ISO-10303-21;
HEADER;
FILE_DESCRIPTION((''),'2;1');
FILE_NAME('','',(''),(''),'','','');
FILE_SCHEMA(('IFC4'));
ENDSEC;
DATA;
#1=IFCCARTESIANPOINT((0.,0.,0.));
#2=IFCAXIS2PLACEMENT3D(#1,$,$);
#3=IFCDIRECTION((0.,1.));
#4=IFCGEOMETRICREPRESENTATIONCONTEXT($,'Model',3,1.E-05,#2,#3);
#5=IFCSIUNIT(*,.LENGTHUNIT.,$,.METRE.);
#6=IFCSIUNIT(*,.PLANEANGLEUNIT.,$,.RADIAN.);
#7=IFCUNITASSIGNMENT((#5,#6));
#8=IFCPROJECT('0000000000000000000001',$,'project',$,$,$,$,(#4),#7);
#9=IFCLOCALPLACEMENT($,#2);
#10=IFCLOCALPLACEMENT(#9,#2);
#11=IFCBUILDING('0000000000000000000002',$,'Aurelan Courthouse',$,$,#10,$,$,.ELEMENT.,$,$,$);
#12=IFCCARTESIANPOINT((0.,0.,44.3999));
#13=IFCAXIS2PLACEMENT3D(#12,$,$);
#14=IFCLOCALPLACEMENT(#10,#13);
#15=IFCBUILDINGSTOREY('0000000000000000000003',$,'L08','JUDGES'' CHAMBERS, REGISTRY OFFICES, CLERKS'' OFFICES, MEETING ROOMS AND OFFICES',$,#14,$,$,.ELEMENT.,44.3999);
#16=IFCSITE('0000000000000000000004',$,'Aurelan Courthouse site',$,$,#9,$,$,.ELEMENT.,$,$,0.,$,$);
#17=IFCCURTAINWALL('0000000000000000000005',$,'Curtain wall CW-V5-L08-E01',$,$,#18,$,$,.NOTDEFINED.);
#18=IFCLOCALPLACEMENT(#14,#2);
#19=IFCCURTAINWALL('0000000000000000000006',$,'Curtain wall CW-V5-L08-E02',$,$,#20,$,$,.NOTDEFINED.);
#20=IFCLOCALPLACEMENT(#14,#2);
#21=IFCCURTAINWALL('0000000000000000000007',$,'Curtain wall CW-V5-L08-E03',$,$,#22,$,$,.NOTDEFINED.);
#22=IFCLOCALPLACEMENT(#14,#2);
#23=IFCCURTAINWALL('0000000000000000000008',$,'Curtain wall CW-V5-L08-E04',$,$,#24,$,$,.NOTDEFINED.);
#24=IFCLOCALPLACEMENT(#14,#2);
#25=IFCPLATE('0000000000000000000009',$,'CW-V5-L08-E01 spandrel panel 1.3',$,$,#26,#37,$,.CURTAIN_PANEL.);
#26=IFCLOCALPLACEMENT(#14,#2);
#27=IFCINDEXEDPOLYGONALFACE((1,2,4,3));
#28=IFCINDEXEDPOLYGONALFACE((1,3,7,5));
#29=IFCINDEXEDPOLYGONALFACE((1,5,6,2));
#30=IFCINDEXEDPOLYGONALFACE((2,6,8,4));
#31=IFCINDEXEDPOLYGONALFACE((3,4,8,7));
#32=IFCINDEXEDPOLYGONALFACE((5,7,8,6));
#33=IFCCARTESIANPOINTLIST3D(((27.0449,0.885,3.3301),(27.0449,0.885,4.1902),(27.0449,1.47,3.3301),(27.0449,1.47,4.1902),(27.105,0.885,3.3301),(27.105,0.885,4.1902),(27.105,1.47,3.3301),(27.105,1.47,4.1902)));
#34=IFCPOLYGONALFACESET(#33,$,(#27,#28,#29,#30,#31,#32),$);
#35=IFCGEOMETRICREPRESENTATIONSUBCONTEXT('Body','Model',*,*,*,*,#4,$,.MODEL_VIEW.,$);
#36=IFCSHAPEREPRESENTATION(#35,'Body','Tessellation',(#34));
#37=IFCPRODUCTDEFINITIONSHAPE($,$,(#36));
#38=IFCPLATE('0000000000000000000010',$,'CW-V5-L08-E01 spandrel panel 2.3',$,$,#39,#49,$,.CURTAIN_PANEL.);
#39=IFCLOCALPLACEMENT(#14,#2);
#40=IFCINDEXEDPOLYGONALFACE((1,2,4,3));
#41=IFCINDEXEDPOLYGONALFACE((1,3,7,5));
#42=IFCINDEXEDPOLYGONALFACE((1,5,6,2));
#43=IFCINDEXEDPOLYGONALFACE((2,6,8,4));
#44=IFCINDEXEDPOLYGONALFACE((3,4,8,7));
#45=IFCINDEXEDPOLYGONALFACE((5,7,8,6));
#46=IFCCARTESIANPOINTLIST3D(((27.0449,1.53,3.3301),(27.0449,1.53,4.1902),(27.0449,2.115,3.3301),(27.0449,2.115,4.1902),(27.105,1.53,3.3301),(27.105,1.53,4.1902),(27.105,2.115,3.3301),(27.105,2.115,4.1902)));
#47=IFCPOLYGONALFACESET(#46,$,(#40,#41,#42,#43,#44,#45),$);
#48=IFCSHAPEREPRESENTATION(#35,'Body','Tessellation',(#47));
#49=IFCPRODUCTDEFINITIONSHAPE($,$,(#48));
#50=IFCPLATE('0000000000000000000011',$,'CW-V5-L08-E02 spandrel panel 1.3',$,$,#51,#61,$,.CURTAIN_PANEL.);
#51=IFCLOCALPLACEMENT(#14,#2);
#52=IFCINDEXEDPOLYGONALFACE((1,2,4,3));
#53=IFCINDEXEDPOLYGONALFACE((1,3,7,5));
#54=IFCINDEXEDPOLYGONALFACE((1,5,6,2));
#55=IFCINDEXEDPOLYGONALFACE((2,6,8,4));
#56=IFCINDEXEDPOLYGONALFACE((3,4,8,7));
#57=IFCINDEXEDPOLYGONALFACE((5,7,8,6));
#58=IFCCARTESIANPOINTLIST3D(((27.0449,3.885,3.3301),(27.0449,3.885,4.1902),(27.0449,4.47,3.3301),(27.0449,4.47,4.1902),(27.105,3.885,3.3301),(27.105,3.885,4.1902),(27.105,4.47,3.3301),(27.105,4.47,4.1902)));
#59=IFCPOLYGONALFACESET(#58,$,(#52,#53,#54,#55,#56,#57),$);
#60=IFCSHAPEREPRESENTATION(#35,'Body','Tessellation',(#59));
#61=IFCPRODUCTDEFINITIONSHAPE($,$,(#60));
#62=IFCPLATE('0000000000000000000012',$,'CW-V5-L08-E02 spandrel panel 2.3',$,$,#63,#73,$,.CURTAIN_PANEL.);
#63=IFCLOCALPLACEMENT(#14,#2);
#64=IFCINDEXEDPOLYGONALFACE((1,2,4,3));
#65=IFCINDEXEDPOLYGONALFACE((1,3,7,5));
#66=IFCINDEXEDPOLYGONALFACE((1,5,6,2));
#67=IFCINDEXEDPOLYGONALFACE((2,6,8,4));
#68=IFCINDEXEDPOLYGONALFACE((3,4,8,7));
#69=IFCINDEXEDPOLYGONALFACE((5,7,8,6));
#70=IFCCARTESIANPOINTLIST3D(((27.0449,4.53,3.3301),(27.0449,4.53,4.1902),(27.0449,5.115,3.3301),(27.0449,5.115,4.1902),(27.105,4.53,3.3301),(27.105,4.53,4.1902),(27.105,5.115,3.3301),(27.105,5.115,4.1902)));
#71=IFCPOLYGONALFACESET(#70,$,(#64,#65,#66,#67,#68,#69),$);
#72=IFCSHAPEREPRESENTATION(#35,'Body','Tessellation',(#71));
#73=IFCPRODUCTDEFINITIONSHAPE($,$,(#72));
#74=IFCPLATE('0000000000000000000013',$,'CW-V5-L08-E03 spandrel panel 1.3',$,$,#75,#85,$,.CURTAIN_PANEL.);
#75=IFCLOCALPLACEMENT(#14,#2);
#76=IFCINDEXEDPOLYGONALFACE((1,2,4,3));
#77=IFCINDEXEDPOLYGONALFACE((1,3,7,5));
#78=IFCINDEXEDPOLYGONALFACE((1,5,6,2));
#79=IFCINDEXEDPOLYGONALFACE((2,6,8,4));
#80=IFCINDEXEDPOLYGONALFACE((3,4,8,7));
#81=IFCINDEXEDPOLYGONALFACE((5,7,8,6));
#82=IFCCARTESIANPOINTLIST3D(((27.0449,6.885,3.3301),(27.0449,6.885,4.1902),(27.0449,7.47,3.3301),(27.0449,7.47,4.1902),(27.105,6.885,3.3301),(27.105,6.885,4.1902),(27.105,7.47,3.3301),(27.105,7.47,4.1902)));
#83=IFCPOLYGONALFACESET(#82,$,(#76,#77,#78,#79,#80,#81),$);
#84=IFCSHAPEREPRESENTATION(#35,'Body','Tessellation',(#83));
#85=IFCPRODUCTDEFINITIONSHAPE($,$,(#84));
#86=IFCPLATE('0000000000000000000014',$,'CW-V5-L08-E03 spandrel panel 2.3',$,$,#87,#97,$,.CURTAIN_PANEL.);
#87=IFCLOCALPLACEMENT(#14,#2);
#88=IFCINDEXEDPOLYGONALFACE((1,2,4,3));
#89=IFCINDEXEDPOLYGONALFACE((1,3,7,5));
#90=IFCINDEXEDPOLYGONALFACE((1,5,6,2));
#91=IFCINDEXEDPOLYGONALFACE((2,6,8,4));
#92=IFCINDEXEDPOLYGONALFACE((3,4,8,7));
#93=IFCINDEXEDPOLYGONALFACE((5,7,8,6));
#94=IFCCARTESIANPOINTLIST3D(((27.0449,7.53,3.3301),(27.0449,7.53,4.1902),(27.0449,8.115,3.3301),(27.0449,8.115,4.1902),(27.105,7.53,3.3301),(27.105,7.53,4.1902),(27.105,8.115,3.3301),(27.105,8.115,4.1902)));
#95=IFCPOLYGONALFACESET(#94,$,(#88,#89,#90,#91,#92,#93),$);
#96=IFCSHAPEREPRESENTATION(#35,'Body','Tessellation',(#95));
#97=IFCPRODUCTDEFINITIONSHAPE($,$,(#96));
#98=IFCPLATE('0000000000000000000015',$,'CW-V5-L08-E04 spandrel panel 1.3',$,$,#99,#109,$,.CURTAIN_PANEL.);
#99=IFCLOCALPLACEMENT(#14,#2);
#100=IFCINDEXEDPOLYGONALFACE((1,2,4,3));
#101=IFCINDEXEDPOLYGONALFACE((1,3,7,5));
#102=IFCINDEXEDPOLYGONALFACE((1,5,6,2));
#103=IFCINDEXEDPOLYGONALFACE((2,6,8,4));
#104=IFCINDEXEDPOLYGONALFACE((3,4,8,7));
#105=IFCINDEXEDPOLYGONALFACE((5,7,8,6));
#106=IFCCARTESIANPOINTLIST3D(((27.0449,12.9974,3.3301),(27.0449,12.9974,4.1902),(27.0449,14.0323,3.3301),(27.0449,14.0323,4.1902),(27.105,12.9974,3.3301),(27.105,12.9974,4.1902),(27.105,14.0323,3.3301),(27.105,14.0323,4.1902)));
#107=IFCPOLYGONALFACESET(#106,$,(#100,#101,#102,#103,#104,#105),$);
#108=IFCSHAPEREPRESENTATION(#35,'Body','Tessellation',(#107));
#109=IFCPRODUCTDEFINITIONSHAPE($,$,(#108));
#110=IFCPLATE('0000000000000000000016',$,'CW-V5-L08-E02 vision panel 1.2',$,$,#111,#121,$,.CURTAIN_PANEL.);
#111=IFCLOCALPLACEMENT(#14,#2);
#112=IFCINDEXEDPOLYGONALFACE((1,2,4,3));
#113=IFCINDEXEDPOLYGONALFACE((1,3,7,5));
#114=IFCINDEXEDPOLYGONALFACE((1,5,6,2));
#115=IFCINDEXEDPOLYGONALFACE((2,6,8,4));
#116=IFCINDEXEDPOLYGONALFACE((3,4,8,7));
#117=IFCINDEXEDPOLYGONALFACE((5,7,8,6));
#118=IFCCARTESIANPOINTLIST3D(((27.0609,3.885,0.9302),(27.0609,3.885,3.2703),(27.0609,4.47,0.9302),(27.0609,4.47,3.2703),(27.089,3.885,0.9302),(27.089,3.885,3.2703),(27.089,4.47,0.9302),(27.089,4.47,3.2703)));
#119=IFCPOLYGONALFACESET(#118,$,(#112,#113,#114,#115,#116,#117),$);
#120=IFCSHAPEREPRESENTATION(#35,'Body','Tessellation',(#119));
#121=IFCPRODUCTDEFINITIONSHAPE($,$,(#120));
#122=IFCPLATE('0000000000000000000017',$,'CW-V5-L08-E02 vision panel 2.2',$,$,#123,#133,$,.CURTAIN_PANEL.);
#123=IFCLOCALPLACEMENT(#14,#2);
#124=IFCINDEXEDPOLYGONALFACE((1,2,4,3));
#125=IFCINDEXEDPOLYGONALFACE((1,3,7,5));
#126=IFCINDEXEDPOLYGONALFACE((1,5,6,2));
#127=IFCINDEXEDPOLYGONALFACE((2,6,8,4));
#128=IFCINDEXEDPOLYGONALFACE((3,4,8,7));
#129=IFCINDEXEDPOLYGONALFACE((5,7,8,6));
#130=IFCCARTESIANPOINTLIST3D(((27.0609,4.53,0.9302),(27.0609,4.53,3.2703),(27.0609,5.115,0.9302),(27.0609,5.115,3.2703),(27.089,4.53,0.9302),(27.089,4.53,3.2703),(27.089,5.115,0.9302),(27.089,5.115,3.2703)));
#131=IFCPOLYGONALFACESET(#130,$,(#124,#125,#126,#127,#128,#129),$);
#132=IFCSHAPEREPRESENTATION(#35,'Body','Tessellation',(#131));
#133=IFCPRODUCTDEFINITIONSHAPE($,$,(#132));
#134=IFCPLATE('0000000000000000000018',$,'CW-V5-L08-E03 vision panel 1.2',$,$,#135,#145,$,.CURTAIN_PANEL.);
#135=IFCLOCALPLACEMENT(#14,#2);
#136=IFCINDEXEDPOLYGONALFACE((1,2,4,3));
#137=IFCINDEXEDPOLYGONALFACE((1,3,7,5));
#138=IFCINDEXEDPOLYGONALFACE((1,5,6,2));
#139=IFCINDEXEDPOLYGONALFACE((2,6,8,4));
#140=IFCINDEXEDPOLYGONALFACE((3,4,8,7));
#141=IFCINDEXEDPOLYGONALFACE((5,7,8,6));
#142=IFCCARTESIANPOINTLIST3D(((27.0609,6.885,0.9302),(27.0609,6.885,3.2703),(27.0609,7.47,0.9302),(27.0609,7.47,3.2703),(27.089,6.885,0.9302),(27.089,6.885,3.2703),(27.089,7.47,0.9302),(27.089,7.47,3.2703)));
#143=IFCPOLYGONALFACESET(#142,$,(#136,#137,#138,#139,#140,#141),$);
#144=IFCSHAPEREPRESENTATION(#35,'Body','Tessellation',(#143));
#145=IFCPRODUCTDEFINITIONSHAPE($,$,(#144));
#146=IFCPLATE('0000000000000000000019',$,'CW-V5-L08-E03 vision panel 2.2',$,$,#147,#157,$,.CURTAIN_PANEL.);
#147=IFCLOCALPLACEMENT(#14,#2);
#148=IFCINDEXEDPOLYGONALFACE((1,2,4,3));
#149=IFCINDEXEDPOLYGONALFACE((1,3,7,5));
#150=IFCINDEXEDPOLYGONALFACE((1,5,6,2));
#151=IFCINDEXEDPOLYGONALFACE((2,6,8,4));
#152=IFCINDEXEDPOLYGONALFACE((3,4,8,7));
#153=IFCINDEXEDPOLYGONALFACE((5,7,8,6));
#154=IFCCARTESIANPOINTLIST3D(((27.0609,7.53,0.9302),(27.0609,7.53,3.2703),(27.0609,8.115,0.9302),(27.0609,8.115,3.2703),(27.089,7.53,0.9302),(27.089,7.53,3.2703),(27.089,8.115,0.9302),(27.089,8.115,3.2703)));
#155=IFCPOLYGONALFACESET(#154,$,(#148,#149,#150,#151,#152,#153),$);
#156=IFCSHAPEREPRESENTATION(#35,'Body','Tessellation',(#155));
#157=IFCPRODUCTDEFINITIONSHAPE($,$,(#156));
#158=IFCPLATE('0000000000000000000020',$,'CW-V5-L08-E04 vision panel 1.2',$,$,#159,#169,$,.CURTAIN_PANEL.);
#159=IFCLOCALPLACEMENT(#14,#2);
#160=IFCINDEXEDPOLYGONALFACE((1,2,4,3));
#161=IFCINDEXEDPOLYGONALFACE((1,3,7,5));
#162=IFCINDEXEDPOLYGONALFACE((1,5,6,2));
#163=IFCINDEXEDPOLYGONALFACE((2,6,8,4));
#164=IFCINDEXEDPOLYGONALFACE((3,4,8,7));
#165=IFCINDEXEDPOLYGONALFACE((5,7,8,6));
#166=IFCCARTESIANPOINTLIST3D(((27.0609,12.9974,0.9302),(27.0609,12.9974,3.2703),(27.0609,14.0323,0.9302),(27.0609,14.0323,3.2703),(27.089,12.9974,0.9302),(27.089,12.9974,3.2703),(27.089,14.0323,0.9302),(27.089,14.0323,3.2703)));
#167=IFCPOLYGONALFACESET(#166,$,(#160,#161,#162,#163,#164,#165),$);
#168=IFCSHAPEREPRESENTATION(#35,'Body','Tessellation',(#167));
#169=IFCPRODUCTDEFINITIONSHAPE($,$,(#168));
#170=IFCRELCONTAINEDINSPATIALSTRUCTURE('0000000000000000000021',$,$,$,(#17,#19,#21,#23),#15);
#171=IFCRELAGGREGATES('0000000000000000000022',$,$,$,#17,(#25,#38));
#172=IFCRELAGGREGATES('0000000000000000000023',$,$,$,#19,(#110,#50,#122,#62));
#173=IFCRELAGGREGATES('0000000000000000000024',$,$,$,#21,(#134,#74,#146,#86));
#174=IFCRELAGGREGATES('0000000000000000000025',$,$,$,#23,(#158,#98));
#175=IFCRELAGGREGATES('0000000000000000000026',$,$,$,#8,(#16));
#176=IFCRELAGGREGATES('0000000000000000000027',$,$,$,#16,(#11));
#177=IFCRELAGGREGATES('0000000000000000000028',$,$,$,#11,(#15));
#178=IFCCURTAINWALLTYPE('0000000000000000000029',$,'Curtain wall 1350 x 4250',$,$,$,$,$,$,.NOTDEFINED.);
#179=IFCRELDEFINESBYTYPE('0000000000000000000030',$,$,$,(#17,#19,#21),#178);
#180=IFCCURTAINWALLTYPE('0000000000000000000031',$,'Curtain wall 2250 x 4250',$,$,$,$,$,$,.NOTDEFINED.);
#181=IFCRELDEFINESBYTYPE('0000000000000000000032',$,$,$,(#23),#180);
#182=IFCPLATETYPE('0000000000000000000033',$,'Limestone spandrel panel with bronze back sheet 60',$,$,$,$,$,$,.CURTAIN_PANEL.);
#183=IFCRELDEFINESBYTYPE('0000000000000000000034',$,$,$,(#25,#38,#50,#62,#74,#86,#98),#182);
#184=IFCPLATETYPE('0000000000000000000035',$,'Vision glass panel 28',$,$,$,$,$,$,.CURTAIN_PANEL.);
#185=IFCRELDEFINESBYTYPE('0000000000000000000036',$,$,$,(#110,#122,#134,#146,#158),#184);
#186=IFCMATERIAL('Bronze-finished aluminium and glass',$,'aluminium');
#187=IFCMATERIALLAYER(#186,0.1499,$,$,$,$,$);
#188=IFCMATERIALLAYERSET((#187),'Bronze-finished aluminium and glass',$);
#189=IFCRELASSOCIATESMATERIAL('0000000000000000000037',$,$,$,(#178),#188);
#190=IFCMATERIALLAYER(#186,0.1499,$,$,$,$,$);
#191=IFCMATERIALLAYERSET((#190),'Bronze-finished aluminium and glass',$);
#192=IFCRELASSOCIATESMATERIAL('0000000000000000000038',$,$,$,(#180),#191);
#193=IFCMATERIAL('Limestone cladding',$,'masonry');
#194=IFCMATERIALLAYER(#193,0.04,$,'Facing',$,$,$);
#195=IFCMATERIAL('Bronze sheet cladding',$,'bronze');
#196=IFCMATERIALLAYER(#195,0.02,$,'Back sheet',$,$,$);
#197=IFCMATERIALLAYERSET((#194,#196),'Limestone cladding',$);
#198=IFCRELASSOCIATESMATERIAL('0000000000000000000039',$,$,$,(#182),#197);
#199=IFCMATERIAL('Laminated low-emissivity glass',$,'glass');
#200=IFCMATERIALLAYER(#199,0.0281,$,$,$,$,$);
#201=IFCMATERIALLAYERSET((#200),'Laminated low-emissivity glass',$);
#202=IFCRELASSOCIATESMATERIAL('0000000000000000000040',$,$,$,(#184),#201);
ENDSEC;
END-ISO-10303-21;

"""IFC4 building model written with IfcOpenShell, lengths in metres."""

from ifc_helpers import new_model, si_unit, direction, frame, origin, origin_2d, place, context, subcontext, project, spatial, rectangle, extrude, material, layer, layer_set, type_object, element, aggregate, save


model = new_model("IFC4")

# Units and contexts
model_context = context("Model", 3, precision=1e-05, world=origin(), true_north=direction((0.0, 1.0)))
body_context = subcontext(model_context, "Body", "Model", "MODEL_VIEW")
ifc_project = project(units=[si_unit("LENGTHUNIT", "METRE"), si_unit("PLANEANGLEUNIT", "RADIAN")], contexts=[model_context])

# Site, building, storey
site_placement = place(None, origin())
site = spatial("IfcSite", under=ifc_project, at=site_placement, Name="Aurelan Courthouse site", CompositionType="ELEMENT", RefElevation=0.0)
building_placement = place(site_placement, origin())
building = spatial("IfcBuilding", under=site, at=building_placement, Name="Aurelan Courthouse", CompositionType="ELEMENT")
storey_placement = place(building_placement, frame((0.0, 0.0, 44.3999)))
storey = spatial("IfcBuildingStorey", under=building, at=storey_placement, Name="L08", Description="JUDGES' CHAMBERS, REGISTRY OFFICES, CLERKS' OFFICES, MEETING ROOMS AND OFFICES", CompositionType="ELEMENT", Elevation=44.3999)

# Curtain walls
ifc_material_1 = material(Name="Bronze-finished aluminium and glass", Category="aluminium")
ifc_layer_1 = layer(ifc_material_1, 0.1499)
ifc_layer_set_1 = layer_set([ifc_layer_1], Name="Bronze-finished aluminium and glass")
curtain_wall_type_1 = type_object("IfcCurtainWallType", Name="Curtain wall 1350 x 4250", PredefinedType="NOTDEFINED", material=ifc_layer_set_1)
curtain_wall_1_placement = place(storey_placement, origin())
curtain_wall_1 = element("IfcCurtainWall", 1, at=curtain_wall_1_placement, inside=storey, type_object=curtain_wall_type_1, Name="Curtain wall CW-V5-L08-E01", PredefinedType="NOTDEFINED")
curtain_wall_2_placement = place(storey_placement, origin())
curtain_wall_2 = element("IfcCurtainWall", 2, at=curtain_wall_2_placement, inside=storey, type_object=curtain_wall_type_1, Name="Curtain wall CW-V5-L08-E02", PredefinedType="NOTDEFINED")
curtain_wall_3_placement = place(storey_placement, origin())
curtain_wall_3 = element("IfcCurtainWall", 3, at=curtain_wall_3_placement, inside=storey, type_object=curtain_wall_type_1, Name="Curtain wall CW-V5-L08-E03", PredefinedType="NOTDEFINED")
ifc_layer_2 = layer(ifc_material_1, 0.1499)
ifc_layer_set_2 = layer_set([ifc_layer_2], Name="Bronze-finished aluminium and glass")
curtain_wall_type_2 = type_object("IfcCurtainWallType", Name="Curtain wall 2250 x 4250", PredefinedType="NOTDEFINED", material=ifc_layer_set_2)
curtain_wall_4_placement = place(storey_placement, origin())
curtain_wall_4 = element("IfcCurtainWall", 4, at=curtain_wall_4_placement, inside=storey, type_object=curtain_wall_type_2, Name="Curtain wall CW-V5-L08-E04", PredefinedType="NOTDEFINED")

# Plates
ifc_material_2 = material(Name="Limestone cladding", Category="masonry")
ifc_layer_3 = layer(ifc_material_2, 0.04, Name="Facing")
ifc_material_3 = material(Name="Bronze sheet cladding", Category="bronze")
ifc_layer_4 = layer(ifc_material_3, 0.02, Name="Back sheet")
ifc_layer_set_3 = layer_set([ifc_layer_3, ifc_layer_4], Name="Limestone cladding")
plate_type_1 = type_object("IfcPlateType", Name="Limestone spandrel panel with bronze back sheet 60", PredefinedType="CURTAIN_PANEL", material=ifc_layer_set_3)
plate_1_placement = place(storey_placement, frame((27.075, 1.1775, 3.3301), z_axis=(0.0, 0.0, 1.0), x_axis=(0.0, 1.0, 0.0)))
plate_1 = element("IfcPlate", 5, at=plate_1_placement, type_object=plate_type_1, Name="CW-V5-L08-E01 spandrel panel 1.3", PredefinedType="CURTAIN_PANEL", context=body_context, shape_type="SweptSolid", body=[
    extrude(rectangle(XDim=0.585, YDim=0.0601, at=origin_2d()), origin(), (0.0, 0.0, 1.0), 0.8601),
])
plate_2_placement = place(storey_placement, frame((27.075, 1.8225, 3.3301), z_axis=(0.0, 0.0, 1.0), x_axis=(0.0, 1.0, 0.0)))
plate_2 = element("IfcPlate", 6, at=plate_2_placement, type_object=plate_type_1, Name="CW-V5-L08-E01 spandrel panel 2.3", PredefinedType="CURTAIN_PANEL", context=body_context, shape_type="SweptSolid", body=[
    extrude(rectangle(XDim=0.585, YDim=0.0601, at=origin_2d()), origin(), (0.0, 0.0, 1.0), 0.8601),
])
aggregate(curtain_wall_1, [plate_1, plate_2])
plate_3_placement = place(storey_placement, frame((27.075, 4.1775, 3.3301), z_axis=(0.0, 0.0, 1.0), x_axis=(0.0, 1.0, 0.0)))
plate_3 = element("IfcPlate", 7, at=plate_3_placement, type_object=plate_type_1, Name="CW-V5-L08-E02 spandrel panel 1.3", PredefinedType="CURTAIN_PANEL", context=body_context, shape_type="SweptSolid", body=[
    extrude(rectangle(XDim=0.585, YDim=0.0601, at=origin_2d()), origin(), (0.0, 0.0, 1.0), 0.8601),
])
plate_4_placement = place(storey_placement, frame((27.075, 4.8225, 3.3301), z_axis=(0.0, 0.0, 1.0), x_axis=(0.0, 1.0, 0.0)))
plate_4 = element("IfcPlate", 8, at=plate_4_placement, type_object=plate_type_1, Name="CW-V5-L08-E02 spandrel panel 2.3", PredefinedType="CURTAIN_PANEL", context=body_context, shape_type="SweptSolid", body=[
    extrude(rectangle(XDim=0.585, YDim=0.0601, at=origin_2d()), origin(), (0.0, 0.0, 1.0), 0.8601),
])
plate_5_placement = place(storey_placement, frame((27.075, 7.1775, 3.3301), z_axis=(0.0, 0.0, 1.0), x_axis=(0.0, 1.0, 0.0)))
plate_5 = element("IfcPlate", 9, at=plate_5_placement, type_object=plate_type_1, Name="CW-V5-L08-E03 spandrel panel 1.3", PredefinedType="CURTAIN_PANEL", context=body_context, shape_type="SweptSolid", body=[
    extrude(rectangle(XDim=0.585, YDim=0.0601, at=origin_2d()), origin(), (0.0, 0.0, 1.0), 0.8601),
])
plate_6_placement = place(storey_placement, frame((27.075, 7.8225, 3.3301), z_axis=(0.0, 0.0, 1.0), x_axis=(0.0, 1.0, 0.0)))
plate_6 = element("IfcPlate", 10, at=plate_6_placement, type_object=plate_type_1, Name="CW-V5-L08-E03 spandrel panel 2.3", PredefinedType="CURTAIN_PANEL", context=body_context, shape_type="SweptSolid", body=[
    extrude(rectangle(XDim=0.585, YDim=0.0601, at=origin_2d()), origin(), (0.0, 0.0, 1.0), 0.8601),
])
plate_7_placement = place(storey_placement, frame((27.075, 13.5149, 3.3301), z_axis=(0.0, 0.0, 1.0), x_axis=(0.0, 1.0, 0.0)))
plate_7 = element("IfcPlate", 11, at=plate_7_placement, type_object=plate_type_1, Name="CW-V5-L08-E04 spandrel panel 1.3", PredefinedType="CURTAIN_PANEL", context=body_context, shape_type="SweptSolid", body=[
    extrude(rectangle(XDim=1.0349, YDim=0.0601, at=origin_2d()), origin(), (0.0, 0.0, 1.0), 0.8601),
])
ifc_material_4 = material(Name="Laminated low-emissivity glass", Category="glass")
ifc_layer_5 = layer(ifc_material_4, 0.0281)
ifc_layer_set_4 = layer_set([ifc_layer_5], Name="Laminated low-emissivity glass")
plate_type_2 = type_object("IfcPlateType", Name="Vision glass panel 28", PredefinedType="CURTAIN_PANEL", material=ifc_layer_set_4)
plate_8_placement = place(storey_placement, frame((27.075, 4.1775, 0.9302), z_axis=(0.0, 0.0, 1.0), x_axis=(0.0, 1.0, 0.0)))
plate_8 = element("IfcPlate", 12, at=plate_8_placement, type_object=plate_type_2, Name="CW-V5-L08-E02 vision panel 1.2", PredefinedType="CURTAIN_PANEL", context=body_context, shape_type="SweptSolid", body=[
    extrude(rectangle(XDim=0.585, YDim=0.0281, at=origin_2d()), origin(), (0.0, 0.0, 1.0), 2.3401),
])
plate_9_placement = place(storey_placement, frame((27.075, 4.8225, 0.9302), z_axis=(0.0, 0.0, 1.0), x_axis=(0.0, 1.0, 0.0)))
plate_9 = element("IfcPlate", 13, at=plate_9_placement, type_object=plate_type_2, Name="CW-V5-L08-E02 vision panel 2.2", PredefinedType="CURTAIN_PANEL", context=body_context, shape_type="SweptSolid", body=[
    extrude(rectangle(XDim=0.585, YDim=0.0281, at=origin_2d()), origin(), (0.0, 0.0, 1.0), 2.3401),
])
aggregate(curtain_wall_2, [plate_8, plate_3, plate_9, plate_4])
plate_10_placement = place(storey_placement, frame((27.075, 7.1775, 0.9302), z_axis=(0.0, 0.0, 1.0), x_axis=(0.0, 1.0, 0.0)))
plate_10 = element("IfcPlate", 14, at=plate_10_placement, type_object=plate_type_2, Name="CW-V5-L08-E03 vision panel 1.2", PredefinedType="CURTAIN_PANEL", context=body_context, shape_type="SweptSolid", body=[
    extrude(rectangle(XDim=0.585, YDim=0.0281, at=origin_2d()), origin(), (0.0, 0.0, 1.0), 2.3401),
])
plate_11_placement = place(storey_placement, frame((27.075, 7.8225, 0.9302), z_axis=(0.0, 0.0, 1.0), x_axis=(0.0, 1.0, 0.0)))
plate_11 = element("IfcPlate", 15, at=plate_11_placement, type_object=plate_type_2, Name="CW-V5-L08-E03 vision panel 2.2", PredefinedType="CURTAIN_PANEL", context=body_context, shape_type="SweptSolid", body=[
    extrude(rectangle(XDim=0.585, YDim=0.0281, at=origin_2d()), origin(), (0.0, 0.0, 1.0), 2.3401),
])
aggregate(curtain_wall_3, [plate_10, plate_5, plate_11, plate_6])
plate_12_placement = place(storey_placement, frame((27.075, 13.5149, 0.9302), z_axis=(0.0, 0.0, 1.0), x_axis=(0.0, 1.0, 0.0)))
plate_12 = element("IfcPlate", 16, at=plate_12_placement, type_object=plate_type_2, Name="CW-V5-L08-E04 vision panel 1.2", PredefinedType="CURTAIN_PANEL", context=body_context, shape_type="SweptSolid", body=[
    extrude(rectangle(XDim=1.0349, YDim=0.0281, at=origin_2d()), origin(), (0.0, 0.0, 1.0), 2.3401),
])
aggregate(curtain_wall_4, [plate_12, plate_7])

save(model, "model.ifc")
